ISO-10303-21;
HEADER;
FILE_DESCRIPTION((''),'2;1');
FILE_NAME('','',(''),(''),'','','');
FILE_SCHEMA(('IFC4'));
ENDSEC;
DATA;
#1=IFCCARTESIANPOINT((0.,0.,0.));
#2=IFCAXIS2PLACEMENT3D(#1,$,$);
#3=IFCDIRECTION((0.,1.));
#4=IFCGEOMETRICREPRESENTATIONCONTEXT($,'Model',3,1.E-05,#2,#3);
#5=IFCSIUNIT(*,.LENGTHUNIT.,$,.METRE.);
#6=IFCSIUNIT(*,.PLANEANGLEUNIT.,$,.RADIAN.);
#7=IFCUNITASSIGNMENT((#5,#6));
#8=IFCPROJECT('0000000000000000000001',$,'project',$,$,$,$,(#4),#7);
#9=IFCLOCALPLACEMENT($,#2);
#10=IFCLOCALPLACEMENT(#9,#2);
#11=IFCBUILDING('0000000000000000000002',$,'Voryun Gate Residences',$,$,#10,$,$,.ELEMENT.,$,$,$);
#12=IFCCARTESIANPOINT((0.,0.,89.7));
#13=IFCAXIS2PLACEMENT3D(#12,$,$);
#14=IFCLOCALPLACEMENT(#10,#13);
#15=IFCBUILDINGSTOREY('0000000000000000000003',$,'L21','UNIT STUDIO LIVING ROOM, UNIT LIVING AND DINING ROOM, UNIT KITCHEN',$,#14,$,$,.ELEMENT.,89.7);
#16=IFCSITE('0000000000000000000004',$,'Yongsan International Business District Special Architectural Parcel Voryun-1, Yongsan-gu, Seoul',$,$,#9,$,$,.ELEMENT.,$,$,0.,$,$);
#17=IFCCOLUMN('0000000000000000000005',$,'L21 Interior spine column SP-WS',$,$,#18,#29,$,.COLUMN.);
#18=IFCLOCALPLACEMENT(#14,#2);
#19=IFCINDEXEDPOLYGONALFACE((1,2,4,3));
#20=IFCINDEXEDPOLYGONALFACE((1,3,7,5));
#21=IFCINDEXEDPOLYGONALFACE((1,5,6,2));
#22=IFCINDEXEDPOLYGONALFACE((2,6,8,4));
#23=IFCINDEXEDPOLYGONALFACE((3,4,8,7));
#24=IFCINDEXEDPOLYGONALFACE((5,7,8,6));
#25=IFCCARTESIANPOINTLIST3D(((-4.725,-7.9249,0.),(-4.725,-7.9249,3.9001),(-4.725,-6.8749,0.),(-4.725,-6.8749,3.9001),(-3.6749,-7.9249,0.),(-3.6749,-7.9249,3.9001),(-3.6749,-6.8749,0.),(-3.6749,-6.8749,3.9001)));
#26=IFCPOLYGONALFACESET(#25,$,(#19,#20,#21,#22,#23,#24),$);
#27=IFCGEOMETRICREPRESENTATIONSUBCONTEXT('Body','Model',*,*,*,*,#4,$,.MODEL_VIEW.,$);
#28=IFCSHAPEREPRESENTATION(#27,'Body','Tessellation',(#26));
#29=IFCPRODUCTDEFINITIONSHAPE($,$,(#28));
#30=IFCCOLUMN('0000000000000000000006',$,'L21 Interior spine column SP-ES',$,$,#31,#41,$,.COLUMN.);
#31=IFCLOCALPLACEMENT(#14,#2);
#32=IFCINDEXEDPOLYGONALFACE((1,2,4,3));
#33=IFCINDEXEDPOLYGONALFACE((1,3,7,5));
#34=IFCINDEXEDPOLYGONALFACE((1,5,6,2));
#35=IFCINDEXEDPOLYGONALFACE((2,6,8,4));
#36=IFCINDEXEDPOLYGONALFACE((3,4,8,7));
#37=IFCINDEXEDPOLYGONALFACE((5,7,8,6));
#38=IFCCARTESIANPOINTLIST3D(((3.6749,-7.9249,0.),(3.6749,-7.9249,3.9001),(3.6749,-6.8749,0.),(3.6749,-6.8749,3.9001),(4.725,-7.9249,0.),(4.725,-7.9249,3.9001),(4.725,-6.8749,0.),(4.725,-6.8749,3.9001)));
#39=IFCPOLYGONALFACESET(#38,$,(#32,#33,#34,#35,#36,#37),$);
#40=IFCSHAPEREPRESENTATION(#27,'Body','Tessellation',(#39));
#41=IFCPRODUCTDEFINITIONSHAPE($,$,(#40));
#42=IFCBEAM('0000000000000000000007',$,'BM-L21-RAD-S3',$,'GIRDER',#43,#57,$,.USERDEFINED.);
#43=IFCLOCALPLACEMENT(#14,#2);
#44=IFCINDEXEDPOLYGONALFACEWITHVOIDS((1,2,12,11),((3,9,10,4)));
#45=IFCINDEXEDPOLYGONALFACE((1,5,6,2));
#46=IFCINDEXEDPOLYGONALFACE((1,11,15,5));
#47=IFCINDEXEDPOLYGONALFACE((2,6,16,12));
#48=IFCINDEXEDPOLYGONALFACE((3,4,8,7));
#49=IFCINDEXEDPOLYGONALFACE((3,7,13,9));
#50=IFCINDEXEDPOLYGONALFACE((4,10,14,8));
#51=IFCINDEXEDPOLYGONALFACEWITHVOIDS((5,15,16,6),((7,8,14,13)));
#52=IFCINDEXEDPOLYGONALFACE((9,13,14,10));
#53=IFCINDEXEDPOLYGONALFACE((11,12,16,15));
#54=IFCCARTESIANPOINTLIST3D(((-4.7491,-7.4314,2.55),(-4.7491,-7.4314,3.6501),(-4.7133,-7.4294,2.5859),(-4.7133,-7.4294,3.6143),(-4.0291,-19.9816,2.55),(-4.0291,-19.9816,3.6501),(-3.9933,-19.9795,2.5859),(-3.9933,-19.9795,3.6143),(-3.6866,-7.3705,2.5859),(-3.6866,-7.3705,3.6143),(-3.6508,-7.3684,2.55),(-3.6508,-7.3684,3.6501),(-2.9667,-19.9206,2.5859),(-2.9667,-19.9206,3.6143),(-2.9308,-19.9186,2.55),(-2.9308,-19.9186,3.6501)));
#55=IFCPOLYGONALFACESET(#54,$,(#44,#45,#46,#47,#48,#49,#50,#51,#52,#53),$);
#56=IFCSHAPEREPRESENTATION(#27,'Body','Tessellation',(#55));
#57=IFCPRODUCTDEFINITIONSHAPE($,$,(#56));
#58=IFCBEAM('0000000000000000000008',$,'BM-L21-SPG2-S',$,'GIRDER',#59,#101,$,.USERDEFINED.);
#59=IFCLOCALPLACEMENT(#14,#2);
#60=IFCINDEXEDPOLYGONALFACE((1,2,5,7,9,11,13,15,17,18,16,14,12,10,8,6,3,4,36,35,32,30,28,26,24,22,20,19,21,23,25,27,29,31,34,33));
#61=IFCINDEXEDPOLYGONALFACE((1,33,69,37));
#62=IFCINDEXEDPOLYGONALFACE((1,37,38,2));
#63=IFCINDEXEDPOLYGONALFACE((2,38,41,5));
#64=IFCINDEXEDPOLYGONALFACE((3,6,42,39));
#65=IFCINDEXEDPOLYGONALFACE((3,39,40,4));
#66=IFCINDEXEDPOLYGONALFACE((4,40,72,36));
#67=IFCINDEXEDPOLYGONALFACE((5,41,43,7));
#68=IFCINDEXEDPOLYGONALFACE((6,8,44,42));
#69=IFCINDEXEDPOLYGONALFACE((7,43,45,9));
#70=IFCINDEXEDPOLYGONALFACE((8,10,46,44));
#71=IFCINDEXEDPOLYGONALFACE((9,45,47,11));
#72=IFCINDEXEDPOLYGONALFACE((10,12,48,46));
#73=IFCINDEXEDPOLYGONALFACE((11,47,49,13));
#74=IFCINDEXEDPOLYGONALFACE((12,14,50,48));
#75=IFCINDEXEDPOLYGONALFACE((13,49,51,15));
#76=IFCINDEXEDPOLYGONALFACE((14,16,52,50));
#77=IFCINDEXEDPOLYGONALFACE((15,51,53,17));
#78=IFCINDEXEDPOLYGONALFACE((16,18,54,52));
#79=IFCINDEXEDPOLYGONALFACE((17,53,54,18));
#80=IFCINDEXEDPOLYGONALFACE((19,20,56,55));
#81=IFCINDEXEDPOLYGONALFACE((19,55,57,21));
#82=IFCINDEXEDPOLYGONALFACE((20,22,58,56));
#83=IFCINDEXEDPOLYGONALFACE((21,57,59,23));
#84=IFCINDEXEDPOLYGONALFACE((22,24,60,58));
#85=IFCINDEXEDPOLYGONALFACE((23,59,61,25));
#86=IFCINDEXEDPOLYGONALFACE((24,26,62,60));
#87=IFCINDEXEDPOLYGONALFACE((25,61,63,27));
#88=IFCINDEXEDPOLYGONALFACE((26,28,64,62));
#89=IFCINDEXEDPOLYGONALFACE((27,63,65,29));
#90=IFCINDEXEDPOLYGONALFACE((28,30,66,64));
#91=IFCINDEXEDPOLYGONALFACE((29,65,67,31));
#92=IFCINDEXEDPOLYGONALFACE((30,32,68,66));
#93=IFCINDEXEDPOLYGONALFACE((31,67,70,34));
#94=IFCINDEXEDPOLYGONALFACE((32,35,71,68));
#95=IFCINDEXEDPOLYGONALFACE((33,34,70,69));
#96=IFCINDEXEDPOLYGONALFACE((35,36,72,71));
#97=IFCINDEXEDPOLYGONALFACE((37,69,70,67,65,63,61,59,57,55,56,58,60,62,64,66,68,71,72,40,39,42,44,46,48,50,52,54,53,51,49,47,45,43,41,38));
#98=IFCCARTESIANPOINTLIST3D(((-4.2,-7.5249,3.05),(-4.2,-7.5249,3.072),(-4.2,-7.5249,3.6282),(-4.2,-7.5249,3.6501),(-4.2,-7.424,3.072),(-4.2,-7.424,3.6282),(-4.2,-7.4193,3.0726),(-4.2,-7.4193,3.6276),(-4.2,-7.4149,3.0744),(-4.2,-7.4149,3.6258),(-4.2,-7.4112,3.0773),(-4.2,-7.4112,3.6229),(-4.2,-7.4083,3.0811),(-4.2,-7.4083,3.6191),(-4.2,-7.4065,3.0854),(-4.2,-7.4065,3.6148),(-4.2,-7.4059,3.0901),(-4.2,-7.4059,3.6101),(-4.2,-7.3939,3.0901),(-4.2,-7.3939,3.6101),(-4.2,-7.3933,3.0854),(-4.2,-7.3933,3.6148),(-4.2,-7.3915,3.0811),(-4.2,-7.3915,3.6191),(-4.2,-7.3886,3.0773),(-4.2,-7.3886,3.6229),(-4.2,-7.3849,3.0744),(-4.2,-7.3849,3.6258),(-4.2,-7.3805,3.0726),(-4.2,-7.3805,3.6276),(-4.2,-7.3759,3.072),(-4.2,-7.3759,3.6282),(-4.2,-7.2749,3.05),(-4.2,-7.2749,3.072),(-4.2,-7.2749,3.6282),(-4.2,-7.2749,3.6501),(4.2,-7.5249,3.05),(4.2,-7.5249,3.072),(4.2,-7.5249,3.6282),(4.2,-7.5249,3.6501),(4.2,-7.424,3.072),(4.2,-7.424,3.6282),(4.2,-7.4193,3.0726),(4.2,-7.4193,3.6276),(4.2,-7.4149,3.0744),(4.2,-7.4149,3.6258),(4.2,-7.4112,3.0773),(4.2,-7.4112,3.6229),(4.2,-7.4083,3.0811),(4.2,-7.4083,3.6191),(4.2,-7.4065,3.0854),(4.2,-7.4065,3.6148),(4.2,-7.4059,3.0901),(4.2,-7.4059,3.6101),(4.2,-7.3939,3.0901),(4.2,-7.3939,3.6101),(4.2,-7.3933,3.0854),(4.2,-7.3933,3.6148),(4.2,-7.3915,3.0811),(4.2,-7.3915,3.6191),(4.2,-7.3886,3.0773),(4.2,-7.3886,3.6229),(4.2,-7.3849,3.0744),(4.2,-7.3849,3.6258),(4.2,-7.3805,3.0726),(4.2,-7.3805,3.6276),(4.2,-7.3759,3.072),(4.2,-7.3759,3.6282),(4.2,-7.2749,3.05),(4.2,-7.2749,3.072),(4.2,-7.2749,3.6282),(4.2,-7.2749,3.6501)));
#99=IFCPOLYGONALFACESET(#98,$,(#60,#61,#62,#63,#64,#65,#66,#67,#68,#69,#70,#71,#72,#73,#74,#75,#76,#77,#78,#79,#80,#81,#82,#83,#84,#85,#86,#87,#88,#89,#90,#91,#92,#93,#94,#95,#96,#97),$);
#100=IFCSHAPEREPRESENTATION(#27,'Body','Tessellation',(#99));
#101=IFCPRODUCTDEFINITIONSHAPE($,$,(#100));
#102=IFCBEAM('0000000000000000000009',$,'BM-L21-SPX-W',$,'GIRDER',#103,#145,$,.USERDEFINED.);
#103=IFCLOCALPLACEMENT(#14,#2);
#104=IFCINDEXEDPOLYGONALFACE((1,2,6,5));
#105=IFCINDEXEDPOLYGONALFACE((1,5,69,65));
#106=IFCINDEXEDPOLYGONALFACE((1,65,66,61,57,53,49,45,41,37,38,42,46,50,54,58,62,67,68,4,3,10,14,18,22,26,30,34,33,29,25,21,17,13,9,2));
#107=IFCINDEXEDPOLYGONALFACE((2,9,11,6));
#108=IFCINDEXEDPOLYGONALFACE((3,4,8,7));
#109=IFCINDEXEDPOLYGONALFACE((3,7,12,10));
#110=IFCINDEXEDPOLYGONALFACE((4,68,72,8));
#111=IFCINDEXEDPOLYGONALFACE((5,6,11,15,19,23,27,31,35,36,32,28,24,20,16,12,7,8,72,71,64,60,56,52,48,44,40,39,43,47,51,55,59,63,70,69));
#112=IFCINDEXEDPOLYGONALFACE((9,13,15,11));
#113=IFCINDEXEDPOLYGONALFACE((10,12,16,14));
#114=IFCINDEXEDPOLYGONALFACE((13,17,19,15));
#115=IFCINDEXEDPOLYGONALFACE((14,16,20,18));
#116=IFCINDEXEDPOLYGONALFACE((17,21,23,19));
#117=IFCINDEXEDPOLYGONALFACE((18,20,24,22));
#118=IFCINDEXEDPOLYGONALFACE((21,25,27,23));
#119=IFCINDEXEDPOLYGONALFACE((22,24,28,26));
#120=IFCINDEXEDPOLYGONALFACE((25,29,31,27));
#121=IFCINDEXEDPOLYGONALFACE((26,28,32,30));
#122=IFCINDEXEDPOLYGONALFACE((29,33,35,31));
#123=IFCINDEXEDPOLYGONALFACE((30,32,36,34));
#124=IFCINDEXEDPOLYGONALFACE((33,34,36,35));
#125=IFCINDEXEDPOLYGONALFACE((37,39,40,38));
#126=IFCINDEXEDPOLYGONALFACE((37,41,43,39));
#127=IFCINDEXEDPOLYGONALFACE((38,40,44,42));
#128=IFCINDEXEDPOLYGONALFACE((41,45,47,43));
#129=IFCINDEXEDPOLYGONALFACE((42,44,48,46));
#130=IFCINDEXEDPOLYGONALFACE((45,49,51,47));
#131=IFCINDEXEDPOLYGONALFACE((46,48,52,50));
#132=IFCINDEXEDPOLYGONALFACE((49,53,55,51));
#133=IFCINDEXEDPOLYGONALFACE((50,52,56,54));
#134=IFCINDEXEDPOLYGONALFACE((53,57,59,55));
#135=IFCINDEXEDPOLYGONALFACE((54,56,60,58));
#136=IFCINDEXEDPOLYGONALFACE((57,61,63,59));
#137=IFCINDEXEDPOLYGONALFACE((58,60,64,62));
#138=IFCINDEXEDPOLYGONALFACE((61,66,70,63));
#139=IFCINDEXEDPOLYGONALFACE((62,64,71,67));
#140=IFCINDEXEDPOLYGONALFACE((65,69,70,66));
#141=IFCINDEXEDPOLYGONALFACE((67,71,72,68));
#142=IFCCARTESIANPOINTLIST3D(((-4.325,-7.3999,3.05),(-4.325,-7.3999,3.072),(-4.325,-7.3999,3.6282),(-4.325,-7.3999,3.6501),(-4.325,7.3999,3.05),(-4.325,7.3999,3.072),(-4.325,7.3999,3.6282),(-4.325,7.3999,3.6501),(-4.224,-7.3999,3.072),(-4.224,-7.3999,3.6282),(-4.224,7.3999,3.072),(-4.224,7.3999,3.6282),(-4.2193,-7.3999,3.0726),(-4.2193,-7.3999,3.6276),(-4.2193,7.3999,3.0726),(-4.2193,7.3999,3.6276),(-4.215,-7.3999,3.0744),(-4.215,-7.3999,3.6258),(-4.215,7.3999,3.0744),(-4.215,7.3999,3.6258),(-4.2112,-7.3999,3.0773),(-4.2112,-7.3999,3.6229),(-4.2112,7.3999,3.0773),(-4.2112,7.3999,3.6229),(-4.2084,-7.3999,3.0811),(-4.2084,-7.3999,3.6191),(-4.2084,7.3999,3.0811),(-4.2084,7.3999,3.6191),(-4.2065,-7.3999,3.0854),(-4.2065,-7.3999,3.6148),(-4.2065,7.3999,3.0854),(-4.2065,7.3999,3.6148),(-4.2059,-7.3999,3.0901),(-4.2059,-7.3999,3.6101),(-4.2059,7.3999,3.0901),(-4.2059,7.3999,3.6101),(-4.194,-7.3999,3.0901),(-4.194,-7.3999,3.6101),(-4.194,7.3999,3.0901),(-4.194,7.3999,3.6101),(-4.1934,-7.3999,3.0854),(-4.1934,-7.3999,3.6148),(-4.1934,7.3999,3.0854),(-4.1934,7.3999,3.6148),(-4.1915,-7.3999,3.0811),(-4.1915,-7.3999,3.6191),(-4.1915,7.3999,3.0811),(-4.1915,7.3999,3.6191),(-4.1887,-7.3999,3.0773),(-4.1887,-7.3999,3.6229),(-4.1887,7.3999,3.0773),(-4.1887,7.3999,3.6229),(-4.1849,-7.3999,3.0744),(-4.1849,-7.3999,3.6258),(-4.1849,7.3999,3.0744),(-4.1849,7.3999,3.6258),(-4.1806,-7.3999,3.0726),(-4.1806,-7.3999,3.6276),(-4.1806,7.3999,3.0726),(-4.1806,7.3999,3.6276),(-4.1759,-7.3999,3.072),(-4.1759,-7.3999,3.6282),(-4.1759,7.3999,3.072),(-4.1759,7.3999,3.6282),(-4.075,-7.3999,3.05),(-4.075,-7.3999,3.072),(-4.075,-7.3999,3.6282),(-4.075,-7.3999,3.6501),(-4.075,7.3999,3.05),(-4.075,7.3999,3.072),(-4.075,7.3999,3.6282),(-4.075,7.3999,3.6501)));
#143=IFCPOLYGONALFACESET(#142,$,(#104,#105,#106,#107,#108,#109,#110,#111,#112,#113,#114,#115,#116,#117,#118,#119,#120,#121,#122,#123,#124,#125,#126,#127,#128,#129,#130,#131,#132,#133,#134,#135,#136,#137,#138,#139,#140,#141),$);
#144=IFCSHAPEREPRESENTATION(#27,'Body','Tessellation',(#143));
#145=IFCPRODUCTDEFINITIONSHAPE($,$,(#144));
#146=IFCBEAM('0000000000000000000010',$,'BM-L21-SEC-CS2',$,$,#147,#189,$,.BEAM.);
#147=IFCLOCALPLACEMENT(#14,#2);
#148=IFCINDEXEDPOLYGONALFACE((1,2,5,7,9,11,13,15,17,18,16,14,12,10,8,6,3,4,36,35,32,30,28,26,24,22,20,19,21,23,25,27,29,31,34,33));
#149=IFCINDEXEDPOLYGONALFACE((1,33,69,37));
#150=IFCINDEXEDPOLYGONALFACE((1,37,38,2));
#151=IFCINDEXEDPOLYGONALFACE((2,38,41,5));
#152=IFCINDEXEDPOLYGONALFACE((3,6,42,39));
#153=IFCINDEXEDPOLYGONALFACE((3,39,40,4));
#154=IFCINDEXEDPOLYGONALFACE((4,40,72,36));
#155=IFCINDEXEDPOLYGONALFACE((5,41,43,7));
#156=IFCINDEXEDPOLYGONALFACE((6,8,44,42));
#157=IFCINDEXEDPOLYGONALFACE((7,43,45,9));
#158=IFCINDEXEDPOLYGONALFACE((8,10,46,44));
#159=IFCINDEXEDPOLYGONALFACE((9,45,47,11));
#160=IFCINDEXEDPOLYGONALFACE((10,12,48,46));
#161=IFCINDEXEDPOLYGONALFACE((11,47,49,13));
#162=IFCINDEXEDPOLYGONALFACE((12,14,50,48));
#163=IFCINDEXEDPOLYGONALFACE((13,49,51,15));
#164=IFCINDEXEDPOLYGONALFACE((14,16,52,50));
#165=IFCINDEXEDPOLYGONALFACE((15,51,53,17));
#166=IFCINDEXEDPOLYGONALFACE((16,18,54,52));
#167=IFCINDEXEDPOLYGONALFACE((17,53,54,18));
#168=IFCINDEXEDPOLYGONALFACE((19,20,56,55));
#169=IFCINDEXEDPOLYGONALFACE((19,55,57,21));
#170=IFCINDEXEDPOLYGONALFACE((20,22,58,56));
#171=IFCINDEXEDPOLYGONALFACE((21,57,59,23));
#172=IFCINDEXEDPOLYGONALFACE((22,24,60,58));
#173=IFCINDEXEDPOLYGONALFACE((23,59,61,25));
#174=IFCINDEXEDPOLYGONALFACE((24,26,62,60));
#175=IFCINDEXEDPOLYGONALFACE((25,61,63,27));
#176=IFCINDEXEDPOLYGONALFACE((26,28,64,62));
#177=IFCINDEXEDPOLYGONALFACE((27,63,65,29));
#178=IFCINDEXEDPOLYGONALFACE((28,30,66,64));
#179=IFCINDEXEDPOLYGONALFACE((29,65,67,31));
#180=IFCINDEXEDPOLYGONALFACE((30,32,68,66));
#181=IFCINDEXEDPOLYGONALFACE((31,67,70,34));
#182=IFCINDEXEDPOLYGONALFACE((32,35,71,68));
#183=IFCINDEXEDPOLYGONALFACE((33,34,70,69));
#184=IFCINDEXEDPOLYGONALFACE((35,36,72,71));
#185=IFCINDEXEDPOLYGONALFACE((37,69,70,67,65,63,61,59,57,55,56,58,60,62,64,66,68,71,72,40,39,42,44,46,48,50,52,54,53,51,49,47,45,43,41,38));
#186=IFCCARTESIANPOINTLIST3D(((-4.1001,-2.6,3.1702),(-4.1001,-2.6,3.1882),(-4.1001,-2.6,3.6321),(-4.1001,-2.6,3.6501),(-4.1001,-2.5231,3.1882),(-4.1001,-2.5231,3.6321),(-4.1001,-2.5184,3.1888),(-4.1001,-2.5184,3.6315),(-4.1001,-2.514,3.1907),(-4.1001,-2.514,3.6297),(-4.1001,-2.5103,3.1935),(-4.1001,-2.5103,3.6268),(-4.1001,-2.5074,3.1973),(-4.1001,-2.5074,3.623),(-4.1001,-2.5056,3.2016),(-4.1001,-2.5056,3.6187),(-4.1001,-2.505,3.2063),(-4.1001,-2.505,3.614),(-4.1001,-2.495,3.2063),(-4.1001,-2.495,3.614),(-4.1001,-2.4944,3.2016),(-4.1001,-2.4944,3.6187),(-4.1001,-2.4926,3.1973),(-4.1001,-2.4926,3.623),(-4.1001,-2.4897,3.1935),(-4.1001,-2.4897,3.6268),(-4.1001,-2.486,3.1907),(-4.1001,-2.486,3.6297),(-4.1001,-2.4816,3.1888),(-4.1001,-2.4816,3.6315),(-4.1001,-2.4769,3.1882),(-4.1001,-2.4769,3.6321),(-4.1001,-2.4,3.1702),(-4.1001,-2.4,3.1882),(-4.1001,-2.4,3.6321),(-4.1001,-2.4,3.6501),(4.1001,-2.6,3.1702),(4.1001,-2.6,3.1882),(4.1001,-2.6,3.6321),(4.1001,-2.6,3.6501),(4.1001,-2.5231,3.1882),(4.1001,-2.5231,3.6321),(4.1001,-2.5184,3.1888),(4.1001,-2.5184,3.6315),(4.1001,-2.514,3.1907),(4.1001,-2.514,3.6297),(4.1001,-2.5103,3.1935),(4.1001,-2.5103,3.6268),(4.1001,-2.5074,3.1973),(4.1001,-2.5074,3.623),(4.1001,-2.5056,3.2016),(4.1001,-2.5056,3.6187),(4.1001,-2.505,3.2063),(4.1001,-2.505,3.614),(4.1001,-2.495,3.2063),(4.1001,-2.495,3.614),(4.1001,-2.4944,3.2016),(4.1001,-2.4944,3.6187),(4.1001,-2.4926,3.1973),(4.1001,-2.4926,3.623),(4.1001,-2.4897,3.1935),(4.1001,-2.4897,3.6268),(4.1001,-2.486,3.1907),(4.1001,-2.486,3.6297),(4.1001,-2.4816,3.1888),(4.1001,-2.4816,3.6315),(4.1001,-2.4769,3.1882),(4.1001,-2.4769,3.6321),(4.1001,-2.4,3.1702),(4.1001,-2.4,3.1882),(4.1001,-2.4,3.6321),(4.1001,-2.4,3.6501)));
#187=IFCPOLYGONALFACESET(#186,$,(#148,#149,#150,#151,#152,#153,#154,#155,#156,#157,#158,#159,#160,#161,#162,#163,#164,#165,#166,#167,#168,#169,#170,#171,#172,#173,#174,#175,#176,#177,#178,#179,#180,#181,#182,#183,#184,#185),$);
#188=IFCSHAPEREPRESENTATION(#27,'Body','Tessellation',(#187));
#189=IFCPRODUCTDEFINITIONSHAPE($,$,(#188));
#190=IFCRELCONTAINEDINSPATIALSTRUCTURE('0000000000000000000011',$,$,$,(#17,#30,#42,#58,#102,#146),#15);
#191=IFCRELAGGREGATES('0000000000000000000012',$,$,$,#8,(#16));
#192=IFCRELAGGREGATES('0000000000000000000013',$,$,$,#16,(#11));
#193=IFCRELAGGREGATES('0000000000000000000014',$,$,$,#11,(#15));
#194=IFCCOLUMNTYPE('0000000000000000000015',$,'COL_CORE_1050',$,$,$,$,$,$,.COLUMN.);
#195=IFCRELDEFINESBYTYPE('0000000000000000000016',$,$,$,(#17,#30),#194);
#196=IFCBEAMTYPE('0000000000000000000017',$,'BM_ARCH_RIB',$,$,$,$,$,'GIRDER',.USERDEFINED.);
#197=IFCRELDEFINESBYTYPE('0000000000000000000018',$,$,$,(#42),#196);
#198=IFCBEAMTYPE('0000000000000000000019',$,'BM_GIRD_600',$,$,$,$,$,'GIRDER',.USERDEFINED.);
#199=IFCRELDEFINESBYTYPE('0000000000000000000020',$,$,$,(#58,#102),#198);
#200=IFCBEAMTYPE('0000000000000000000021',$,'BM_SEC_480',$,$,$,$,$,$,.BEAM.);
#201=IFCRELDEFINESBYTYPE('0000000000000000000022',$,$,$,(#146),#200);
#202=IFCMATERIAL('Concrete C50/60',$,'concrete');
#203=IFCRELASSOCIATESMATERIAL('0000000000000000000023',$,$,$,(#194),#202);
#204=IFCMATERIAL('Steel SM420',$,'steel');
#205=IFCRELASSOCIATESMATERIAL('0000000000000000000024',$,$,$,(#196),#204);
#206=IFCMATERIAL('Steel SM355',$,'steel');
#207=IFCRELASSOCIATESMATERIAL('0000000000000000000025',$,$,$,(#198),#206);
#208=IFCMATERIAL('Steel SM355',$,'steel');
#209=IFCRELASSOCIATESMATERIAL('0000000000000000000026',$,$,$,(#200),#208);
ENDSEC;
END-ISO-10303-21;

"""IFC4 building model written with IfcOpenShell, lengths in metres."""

from ifc_helpers import new_model, si_unit, direction, frame, origin, origin_2d, place, context, subcontext, project, spatial, rectangle, hollow_rectangle, i_section, extrude, material, material_profile, profile_set, type_object, element, save


model = new_model("IFC4")

# Units and contexts
model_context = context("Model", 3, precision=1e-05, world=origin(), true_north=direction((0.0, 1.0)))
body_context = subcontext(model_context, "Body", "Model", "MODEL_VIEW")
ifc_project = project(units=[si_unit("LENGTHUNIT", "METRE"), si_unit("PLANEANGLEUNIT", "RADIAN")], contexts=[model_context])

# Site, building, storey
site_placement = place(None, origin())
site = spatial("IfcSite", under=ifc_project, at=site_placement, Name="Yongsan International Business District Special Architectural Parcel Voryun-1, Yongsan-gu, Seoul", CompositionType="ELEMENT", RefElevation=0.0)
building_placement = place(site_placement, origin())
building = spatial("IfcBuilding", under=site, at=building_placement, Name="Voryun Gate Residences", CompositionType="ELEMENT")
storey_placement = place(building_placement, frame((0.0, 0.0, 89.7)))
storey = spatial("IfcBuildingStorey", under=building, at=storey_placement, Name="L21", Description="UNIT STUDIO LIVING ROOM, UNIT LIVING AND DINING ROOM, UNIT KITCHEN", CompositionType="ELEMENT", Elevation=89.7)

# Columns
ifc_material_1 = material(Name="Concrete C50/60", Category="concrete")
ifc_material_profile_1 = material_profile(ifc_material_1, rectangle(XDim=1.05, YDim=1.05, at=origin_2d()), Name="RC-1050x1050")
ifc_profile_set_1 = profile_set([ifc_material_profile_1], Name="Concrete C50/60")
column_type = type_object("IfcColumnType", Name="COL_CORE_1050", PredefinedType="COLUMN", material=ifc_profile_set_1)
for number, where, z_axis, x_axis, name in (
    (1, (-4.2, -7.3999, 0.0), (0.0, 0.0, 1.0), (1.0, 0.0, 0.0), "L21 Interior spine column SP-WS"),
    (2, (4.2, -7.3999, 0.0), (0.0, 0.0, 1.0), (1.0, 0.0, 0.0), "L21 Interior spine column SP-ES"),
):
    element("IfcColumn", number, at=place(storey_placement, frame(where, z_axis=z_axis, x_axis=x_axis)), inside=storey, type_object=column_type, Name=name, PredefinedType="COLUMN", context=body_context, shape_type="SweptSolid", body=[
        extrude(rectangle(XDim=1.05, YDim=1.05, at=origin_2d()), origin(), (0.0, 0.0, 1.0), 3.9001),
    ])

# Beams
ifc_material_2 = material(Name="Steel SM420", Category="steel")
ifc_material_profile_2 = material_profile(ifc_material_2, hollow_rectangle(XDim=1.1001, YDim=1.1001, WallThickness=0.0359, at=origin_2d()), Name="BOX-1100x1100x36")
ifc_profile_set_2 = profile_set([ifc_material_profile_2], Name="Steel SM420")
beam_type_1 = type_object("IfcBeamType", Name="BM_ARCH_RIB", ElementType="GIRDER", PredefinedType="USERDEFINED", material=ifc_profile_set_2)
beam_1_placement = place(storey_placement, frame((-4.2, -7.3999, 3.1001), z_axis=(0.057274, -0.998359, 0.0), x_axis=(0.998359, 0.057274, 0.0)))
element("IfcBeam", 3, at=beam_1_placement, inside=storey, type_object=beam_type_1, Name="BM-L21-RAD-S3", ObjectType="GIRDER", PredefinedType="USERDEFINED", context=body_context, shape_type="SweptSolid", body=[
    extrude(hollow_rectangle(XDim=1.1001, YDim=1.1001, WallThickness=0.0359, at=origin_2d()), origin(), (0.0, 0.0, 1.0), 12.5708),
])
ifc_material_3 = material(Name="Steel SM355", Category="steel")
ifc_material_profile_3 = material_profile(ifc_material_3, i_section(OverallWidth=0.25, OverallDepth=0.6001, WebThickness=0.012, FlangeThickness=0.022, FilletRadius=0.0181, at=origin_2d()), Name="H-600x250x12x22")
ifc_profile_set_3 = profile_set([ifc_material_profile_3], Name="Steel SM355")
beam_type_2 = type_object("IfcBeamType", Name="BM_GIRD_600", ElementType="GIRDER", PredefinedType="USERDEFINED", material=ifc_profile_set_3)
beam_2_placement = place(storey_placement, frame((-4.2, -7.3999, 3.3501), z_axis=(1.0, 0.0, 0.0), x_axis=(0.0, 1.0, 0.0)))
element("IfcBeam", 4, at=beam_2_placement, inside=storey, type_object=beam_type_2, Name="BM-L21-SPG2-S", ObjectType="GIRDER", PredefinedType="USERDEFINED", context=body_context, shape_type="SweptSolid", body=[
    extrude(i_section(OverallWidth=0.25, OverallDepth=0.6001, WebThickness=0.012, FlangeThickness=0.022, FilletRadius=0.0181, at=origin_2d()), origin(), (0.0, 0.0, 1.0), 8.3999),
])
beam_3_placement = place(storey_placement, frame((-4.2, -7.3999, 3.3501), z_axis=(0.0, 1.0, 0.0), x_axis=(-1.0, 0.0, 0.0)))
element("IfcBeam", 5, at=beam_3_placement, inside=storey, type_object=beam_type_2, Name="BM-L21-SPX-W", ObjectType="GIRDER", PredefinedType="USERDEFINED", context=body_context, shape_type="SweptSolid", body=[
    extrude(i_section(OverallWidth=0.25, OverallDepth=0.6001, WebThickness=0.012, FlangeThickness=0.022, FilletRadius=0.0181, at=origin_2d()), origin(), (0.0, 0.0, 1.0), 14.7998),
])
ifc_material_4 = material(Name="Steel SM355", Category="steel")
ifc_material_profile_4 = material_profile(ifc_material_4, i_section(OverallWidth=0.2, OverallDepth=0.48, WebThickness=0.01, FlangeThickness=0.0181, FilletRadius=0.0181, at=origin_2d()), Name="H-480x200x10x18")
ifc_profile_set_4 = profile_set([ifc_material_profile_4], Name="Steel SM355")
beam_type_3 = type_object("IfcBeamType", Name="BM_SEC_480", PredefinedType="BEAM", material=ifc_profile_set_4)
beam_4_placement = place(storey_placement, frame((-4.1001, -2.5, 3.4102), z_axis=(1.0, 0.0, 0.0), x_axis=(0.0, 1.0, 0.0)))
element("IfcBeam", 6, at=beam_4_placement, inside=storey, type_object=beam_type_3, Name="BM-L21-SEC-CS2", PredefinedType="BEAM", context=body_context, shape_type="SweptSolid", body=[
    extrude(i_section(OverallWidth=0.2, OverallDepth=0.48, WebThickness=0.01, FlangeThickness=0.0181, FilletRadius=0.0181, at=origin_2d()), origin(), (0.0, 0.0, 1.0), 8.2002),
])

save(model, "model.ifc")
